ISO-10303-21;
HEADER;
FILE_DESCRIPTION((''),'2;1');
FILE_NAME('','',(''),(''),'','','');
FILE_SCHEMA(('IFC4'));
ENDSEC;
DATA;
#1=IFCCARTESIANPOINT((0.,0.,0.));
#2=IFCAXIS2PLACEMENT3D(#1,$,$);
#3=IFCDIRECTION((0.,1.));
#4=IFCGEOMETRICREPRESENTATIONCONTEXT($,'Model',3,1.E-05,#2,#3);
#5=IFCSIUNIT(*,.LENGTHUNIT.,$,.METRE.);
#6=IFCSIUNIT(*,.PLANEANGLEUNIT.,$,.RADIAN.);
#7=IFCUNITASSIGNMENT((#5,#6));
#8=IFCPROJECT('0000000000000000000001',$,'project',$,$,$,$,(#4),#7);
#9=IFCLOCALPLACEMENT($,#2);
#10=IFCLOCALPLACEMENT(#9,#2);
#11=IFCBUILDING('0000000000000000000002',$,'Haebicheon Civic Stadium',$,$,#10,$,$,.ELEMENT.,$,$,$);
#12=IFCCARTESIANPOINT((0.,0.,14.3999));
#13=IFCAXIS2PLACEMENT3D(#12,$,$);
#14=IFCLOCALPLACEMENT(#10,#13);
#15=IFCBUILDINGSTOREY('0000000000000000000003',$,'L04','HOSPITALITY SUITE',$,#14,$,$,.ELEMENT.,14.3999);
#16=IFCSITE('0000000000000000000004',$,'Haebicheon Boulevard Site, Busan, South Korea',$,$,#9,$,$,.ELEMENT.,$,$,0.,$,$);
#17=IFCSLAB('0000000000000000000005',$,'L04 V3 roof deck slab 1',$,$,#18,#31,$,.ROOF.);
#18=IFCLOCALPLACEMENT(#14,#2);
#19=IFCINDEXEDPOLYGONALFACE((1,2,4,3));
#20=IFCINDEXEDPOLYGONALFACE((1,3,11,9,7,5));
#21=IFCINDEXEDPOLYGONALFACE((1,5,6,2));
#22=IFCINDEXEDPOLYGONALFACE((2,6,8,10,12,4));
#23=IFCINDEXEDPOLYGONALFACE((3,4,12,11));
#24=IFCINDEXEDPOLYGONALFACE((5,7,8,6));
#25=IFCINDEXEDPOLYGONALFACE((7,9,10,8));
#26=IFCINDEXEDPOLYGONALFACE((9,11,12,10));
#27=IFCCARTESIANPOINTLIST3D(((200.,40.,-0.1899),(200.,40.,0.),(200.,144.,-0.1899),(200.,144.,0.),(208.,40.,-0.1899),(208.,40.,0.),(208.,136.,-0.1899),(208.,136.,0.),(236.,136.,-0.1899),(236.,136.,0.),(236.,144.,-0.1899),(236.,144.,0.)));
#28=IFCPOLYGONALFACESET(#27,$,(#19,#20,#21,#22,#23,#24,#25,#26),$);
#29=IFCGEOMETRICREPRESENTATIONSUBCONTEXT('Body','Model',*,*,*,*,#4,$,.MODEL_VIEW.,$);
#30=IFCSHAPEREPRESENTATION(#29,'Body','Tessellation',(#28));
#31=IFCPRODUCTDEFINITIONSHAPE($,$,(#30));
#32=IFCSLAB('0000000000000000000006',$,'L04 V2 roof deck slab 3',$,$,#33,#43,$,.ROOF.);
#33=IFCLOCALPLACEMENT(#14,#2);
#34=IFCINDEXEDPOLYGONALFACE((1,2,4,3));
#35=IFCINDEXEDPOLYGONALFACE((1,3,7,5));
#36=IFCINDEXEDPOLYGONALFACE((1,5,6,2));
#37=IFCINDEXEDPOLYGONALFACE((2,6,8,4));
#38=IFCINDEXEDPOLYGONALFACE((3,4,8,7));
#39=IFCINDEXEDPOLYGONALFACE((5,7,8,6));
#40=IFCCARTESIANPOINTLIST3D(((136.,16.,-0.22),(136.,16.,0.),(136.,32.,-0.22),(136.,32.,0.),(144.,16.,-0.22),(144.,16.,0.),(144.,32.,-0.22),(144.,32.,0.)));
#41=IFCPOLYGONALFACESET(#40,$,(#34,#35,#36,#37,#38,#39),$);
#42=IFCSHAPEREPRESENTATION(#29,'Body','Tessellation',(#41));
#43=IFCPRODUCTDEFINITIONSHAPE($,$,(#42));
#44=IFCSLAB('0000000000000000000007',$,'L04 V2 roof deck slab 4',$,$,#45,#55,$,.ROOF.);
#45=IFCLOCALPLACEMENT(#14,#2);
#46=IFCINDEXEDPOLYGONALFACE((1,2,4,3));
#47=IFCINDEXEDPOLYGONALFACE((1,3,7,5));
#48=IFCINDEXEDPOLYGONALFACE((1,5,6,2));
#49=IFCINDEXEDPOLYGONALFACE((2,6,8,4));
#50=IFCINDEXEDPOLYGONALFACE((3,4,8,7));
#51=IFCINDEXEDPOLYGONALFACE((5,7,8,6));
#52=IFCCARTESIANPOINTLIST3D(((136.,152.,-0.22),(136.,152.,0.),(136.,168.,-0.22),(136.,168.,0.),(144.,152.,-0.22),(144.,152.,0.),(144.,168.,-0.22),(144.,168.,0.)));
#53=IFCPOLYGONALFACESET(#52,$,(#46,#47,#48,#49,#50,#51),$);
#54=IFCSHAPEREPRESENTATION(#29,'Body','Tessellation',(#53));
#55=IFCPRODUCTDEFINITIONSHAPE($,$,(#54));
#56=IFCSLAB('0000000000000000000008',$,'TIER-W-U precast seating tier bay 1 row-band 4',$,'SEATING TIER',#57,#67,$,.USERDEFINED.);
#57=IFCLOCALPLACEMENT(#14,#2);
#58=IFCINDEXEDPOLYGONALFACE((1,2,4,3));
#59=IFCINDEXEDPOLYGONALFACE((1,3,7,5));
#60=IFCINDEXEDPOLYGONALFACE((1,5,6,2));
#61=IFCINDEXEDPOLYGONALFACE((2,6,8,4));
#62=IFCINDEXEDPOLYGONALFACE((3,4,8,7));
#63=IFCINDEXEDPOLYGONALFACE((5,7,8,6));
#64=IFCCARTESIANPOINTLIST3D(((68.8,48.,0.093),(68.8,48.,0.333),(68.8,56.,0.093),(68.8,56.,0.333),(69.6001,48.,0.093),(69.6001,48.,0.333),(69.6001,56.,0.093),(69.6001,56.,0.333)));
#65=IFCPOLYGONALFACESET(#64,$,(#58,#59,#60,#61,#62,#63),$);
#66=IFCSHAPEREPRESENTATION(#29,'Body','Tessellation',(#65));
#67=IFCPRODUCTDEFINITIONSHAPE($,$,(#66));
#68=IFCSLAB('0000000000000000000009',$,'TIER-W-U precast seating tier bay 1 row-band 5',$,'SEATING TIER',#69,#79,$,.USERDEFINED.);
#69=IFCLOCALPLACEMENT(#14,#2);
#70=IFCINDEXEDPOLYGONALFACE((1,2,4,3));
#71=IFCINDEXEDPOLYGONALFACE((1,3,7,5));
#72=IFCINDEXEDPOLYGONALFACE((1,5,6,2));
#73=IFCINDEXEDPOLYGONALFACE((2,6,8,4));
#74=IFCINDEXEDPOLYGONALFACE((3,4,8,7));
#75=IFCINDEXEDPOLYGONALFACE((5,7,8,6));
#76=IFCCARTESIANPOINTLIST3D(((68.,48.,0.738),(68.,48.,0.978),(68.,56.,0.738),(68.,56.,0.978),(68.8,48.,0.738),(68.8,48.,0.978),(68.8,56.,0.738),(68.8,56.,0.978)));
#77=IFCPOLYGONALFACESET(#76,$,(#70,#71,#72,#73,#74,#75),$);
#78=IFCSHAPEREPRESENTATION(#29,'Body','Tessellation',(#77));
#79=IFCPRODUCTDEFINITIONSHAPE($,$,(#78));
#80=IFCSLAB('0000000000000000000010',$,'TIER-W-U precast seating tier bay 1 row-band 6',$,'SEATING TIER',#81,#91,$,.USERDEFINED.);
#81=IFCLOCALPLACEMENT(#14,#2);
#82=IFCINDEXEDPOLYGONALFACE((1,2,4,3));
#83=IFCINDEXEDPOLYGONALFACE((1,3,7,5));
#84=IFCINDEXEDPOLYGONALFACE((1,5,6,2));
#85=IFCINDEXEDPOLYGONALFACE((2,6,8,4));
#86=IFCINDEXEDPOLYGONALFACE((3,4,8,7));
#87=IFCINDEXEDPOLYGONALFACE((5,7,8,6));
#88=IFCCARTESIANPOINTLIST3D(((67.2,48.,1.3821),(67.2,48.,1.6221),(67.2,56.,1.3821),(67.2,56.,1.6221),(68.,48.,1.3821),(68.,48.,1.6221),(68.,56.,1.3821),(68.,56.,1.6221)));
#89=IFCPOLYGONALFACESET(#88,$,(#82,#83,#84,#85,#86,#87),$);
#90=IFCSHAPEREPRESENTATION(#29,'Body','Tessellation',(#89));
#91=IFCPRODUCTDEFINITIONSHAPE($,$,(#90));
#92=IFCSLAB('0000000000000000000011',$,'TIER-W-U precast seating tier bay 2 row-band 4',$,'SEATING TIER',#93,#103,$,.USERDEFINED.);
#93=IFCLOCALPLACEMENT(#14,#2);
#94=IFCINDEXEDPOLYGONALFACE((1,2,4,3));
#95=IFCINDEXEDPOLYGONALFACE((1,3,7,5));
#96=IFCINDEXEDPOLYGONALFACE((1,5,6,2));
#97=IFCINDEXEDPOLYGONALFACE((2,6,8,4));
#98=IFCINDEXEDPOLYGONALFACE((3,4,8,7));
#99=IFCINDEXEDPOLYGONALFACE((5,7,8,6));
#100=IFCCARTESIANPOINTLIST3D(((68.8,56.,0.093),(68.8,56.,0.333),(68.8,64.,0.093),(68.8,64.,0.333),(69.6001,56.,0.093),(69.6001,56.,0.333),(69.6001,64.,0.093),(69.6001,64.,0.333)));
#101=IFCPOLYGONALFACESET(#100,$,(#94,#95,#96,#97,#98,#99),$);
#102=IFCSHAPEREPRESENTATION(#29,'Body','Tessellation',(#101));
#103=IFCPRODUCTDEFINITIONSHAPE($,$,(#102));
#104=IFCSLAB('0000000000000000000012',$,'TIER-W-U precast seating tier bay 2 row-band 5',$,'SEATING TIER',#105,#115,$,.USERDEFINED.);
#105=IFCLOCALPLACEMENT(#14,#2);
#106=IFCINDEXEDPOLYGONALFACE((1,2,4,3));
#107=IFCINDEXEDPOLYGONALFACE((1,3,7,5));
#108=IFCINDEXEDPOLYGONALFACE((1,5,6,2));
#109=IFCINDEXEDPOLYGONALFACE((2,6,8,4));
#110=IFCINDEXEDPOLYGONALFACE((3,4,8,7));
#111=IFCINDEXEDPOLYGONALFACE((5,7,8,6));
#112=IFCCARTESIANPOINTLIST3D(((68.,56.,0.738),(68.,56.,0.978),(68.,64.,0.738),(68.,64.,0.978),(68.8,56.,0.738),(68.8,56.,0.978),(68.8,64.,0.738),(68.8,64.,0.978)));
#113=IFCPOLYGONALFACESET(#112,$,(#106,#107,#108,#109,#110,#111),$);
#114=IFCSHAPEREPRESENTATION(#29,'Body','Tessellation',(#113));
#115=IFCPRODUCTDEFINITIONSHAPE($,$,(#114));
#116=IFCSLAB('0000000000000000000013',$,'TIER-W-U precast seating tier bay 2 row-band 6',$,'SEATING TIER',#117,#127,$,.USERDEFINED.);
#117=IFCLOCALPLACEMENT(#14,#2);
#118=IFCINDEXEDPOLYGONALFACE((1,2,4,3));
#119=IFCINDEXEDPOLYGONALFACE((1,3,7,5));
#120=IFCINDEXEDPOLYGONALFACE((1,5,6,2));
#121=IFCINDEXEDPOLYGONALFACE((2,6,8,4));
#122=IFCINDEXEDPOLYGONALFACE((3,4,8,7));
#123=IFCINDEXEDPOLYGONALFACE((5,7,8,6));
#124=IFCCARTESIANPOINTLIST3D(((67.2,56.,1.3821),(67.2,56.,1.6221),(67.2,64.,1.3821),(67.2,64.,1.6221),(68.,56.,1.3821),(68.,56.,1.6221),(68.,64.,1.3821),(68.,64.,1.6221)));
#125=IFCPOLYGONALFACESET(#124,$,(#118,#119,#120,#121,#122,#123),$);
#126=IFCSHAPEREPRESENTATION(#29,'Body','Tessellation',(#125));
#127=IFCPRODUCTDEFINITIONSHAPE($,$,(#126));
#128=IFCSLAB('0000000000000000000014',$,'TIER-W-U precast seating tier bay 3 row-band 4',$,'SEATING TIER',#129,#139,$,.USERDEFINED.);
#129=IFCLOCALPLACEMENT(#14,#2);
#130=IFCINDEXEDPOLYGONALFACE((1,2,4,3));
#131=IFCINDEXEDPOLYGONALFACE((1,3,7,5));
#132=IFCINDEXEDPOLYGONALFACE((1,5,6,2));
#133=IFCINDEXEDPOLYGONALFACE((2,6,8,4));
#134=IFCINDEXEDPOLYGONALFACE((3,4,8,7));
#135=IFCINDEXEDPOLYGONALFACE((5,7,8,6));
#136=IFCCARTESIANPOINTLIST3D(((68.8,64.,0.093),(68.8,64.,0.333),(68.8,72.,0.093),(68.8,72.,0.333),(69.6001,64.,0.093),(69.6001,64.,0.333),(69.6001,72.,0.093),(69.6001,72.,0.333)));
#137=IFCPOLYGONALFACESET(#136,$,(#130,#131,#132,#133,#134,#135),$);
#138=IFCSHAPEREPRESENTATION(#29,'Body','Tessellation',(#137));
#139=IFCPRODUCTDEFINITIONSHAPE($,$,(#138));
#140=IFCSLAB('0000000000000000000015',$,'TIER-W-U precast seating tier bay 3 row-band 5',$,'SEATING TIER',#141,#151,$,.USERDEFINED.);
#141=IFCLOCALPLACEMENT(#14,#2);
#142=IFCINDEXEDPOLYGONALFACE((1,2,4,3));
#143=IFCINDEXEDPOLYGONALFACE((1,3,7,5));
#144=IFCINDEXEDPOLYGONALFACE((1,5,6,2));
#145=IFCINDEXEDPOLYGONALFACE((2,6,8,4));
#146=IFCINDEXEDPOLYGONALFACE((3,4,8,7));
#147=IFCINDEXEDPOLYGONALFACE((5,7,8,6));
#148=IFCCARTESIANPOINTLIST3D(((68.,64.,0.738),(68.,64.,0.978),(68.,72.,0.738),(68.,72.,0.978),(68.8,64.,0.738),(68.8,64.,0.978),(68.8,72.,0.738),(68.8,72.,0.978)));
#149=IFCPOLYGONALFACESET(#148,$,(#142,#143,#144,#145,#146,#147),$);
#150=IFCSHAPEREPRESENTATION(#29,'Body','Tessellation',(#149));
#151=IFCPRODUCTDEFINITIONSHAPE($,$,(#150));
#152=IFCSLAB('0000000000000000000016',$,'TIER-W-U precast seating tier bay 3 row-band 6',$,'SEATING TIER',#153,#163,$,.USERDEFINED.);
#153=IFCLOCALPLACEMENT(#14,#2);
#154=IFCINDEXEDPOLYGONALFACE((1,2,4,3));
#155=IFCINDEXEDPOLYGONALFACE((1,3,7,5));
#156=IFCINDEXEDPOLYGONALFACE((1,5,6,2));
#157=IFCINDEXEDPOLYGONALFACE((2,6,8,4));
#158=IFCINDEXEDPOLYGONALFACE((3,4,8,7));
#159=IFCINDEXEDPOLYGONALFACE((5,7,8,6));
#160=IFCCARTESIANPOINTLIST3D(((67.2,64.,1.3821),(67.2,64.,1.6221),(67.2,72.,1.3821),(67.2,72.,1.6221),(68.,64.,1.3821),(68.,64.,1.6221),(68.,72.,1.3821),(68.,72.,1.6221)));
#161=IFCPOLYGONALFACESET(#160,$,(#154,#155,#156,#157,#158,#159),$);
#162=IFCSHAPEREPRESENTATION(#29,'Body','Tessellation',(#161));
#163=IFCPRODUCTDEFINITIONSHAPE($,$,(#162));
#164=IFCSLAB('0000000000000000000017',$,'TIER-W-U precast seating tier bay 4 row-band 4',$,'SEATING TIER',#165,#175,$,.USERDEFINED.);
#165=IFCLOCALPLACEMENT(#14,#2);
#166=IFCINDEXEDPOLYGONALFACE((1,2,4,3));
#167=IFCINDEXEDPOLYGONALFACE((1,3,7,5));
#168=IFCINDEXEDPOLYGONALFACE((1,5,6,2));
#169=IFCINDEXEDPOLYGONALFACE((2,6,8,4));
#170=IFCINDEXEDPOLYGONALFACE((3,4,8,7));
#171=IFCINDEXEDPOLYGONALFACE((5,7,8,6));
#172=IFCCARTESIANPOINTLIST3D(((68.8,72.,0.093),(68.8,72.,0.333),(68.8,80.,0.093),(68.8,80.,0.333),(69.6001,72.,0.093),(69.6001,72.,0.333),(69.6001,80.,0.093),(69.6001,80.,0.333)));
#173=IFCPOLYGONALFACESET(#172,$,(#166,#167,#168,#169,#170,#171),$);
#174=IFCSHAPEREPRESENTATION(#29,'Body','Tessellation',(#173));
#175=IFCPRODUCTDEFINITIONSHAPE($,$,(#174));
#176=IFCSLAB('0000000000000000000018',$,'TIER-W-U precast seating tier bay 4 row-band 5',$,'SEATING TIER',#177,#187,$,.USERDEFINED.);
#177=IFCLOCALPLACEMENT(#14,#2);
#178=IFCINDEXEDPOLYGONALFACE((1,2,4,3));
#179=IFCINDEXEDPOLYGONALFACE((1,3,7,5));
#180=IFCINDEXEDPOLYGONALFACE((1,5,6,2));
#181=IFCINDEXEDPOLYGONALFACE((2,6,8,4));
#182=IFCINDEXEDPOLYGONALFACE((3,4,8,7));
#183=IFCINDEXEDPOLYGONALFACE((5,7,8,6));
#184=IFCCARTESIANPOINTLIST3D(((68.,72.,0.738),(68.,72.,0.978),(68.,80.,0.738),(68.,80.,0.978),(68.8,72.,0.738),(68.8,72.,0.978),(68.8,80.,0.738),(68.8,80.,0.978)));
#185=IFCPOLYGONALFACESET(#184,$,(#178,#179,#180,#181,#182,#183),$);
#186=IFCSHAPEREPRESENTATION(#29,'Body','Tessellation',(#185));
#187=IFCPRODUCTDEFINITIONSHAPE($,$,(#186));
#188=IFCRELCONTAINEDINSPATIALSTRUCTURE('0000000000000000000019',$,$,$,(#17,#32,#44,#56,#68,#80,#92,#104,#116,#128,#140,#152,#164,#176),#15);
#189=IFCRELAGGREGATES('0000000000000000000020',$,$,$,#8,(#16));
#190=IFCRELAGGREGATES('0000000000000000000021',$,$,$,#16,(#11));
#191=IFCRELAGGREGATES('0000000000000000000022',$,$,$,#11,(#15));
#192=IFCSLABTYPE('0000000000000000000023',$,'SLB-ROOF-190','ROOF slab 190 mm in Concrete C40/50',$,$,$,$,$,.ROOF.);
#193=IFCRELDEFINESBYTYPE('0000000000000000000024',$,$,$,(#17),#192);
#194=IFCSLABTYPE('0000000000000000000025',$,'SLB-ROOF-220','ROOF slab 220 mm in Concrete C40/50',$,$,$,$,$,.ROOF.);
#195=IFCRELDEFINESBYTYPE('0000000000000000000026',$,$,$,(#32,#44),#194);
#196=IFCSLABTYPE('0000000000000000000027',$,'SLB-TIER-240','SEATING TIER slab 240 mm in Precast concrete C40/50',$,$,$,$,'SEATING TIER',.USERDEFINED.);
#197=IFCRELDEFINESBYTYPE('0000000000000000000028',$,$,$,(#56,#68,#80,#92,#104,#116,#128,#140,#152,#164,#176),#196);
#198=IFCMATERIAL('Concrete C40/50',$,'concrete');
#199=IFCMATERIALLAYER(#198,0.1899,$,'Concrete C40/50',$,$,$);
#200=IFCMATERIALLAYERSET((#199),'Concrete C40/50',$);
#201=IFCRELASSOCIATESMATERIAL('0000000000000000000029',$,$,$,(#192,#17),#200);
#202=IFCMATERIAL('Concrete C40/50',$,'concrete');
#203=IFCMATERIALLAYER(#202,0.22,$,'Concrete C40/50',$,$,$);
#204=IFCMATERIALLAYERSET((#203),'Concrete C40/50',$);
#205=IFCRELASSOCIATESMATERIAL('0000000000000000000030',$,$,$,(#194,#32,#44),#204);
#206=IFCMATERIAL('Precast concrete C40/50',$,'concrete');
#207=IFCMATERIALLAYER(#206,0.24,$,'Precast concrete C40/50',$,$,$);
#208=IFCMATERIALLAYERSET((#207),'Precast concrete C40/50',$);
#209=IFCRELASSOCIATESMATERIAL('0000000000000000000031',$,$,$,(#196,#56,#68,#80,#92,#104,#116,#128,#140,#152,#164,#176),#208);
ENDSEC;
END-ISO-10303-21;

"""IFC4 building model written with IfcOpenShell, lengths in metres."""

from ifc_helpers import new_model, si_unit, direction, frame, origin, place, context, subcontext, project, spatial, polyline, outline, extrude, material, layer, layer_set, type_object, element, save


model = new_model("IFC4")

# Units and contexts
model_context = context("Model", 3, precision=1e-05, world=origin(), true_north=direction((0.0, 1.0)))
body_context = subcontext(model_context, "Body", "Model", "MODEL_VIEW")
ifc_project = project(units=[si_unit("LENGTHUNIT", "METRE"), si_unit("PLANEANGLEUNIT", "RADIAN")], contexts=[model_context])

# Site, building, storey
site_placement = place(None, origin())
site = spatial("IfcSite", under=ifc_project, at=site_placement, Name="Haebicheon Boulevard Site, Busan, South Korea", CompositionType="ELEMENT", RefElevation=0.0)
building_placement = place(site_placement, origin())
building = spatial("IfcBuilding", under=site, at=building_placement, Name="Haebicheon Civic Stadium", CompositionType="ELEMENT")
storey_placement = place(building_placement, frame((0.0, 0.0, 14.3999)))
storey = spatial("IfcBuildingStorey", under=building, at=storey_placement, Name="L04", Description="HOSPITALITY SUITE", CompositionType="ELEMENT", Elevation=14.3999)

# Slabs
ifc_material_1 = material(Name="Concrete C40/50", Category="concrete")
ifc_layer_1 = layer(ifc_material_1, 0.1899, Name="Concrete C40/50")
ifc_layer_set_1 = layer_set([ifc_layer_1], Name="Concrete C40/50")
slab_type_1 = type_object("IfcSlabType", Name="SLB-ROOF-190", Description="ROOF slab 190 mm in Concrete C40/50", PredefinedType="ROOF", material=ifc_layer_set_1)
slab_1_placement = place(storey_placement, frame((0.0, 0.0, -0.1899)))
element("IfcSlab", 1, at=slab_1_placement, inside=storey, type_object=slab_type_1, material=ifc_layer_set_1, Name="L04 V3 roof deck slab 1", PredefinedType="ROOF", context=body_context, shape_type="SweptSolid", body=[
    extrude(outline(polyline([(200.0, 40.0), (200.0, 144.0), (236.0, 144.0), (236.0, 136.0), (208.0, 136.0), (208.0, 40.0), (200.0, 40.0)])), origin(), (0.0, 0.0, 1.0), 0.1899),
])
ifc_material_2 = material(Name="Concrete C40/50", Category="concrete")
ifc_layer_2 = layer(ifc_material_2, 0.22, Name="Concrete C40/50")
ifc_layer_set_2 = layer_set([ifc_layer_2], Name="Concrete C40/50")
slab_type_2 = type_object("IfcSlabType", Name="SLB-ROOF-220", Description="ROOF slab 220 mm in Concrete C40/50", PredefinedType="ROOF", material=ifc_layer_set_2)
slab_2_placement = place(storey_placement, frame((0.0, 0.0, -0.22)))
element("IfcSlab", 2, at=slab_2_placement, inside=storey, type_object=slab_type_2, material=ifc_layer_set_2, Name="L04 V2 roof deck slab 3", PredefinedType="ROOF", context=body_context, shape_type="SweptSolid", body=[
    extrude(outline(polyline([(144.0, 32.0), (144.0, 16.0), (136.0, 16.0), (136.0, 32.0), (144.0, 32.0)])), origin(), (0.0, 0.0, 1.0), 0.22),
])
slab_3_placement = place(storey_placement, frame((0.0, 0.0, -0.22)))
element("IfcSlab", 3, at=slab_3_placement, inside=storey, type_object=slab_type_2, material=ifc_layer_set_2, Name="L04 V2 roof deck slab 4", PredefinedType="ROOF", context=body_context, shape_type="SweptSolid", body=[
    extrude(outline(polyline([(144.0, 168.0), (144.0, 152.0), (136.0, 152.0), (136.0, 168.0), (144.0, 168.0)])), origin(), (0.0, 0.0, 1.0), 0.22),
])
ifc_material_3 = material(Name="Precast concrete C40/50", Category="concrete")
ifc_layer_3 = layer(ifc_material_3, 0.24, Name="Precast concrete C40/50")
ifc_layer_set_3 = layer_set([ifc_layer_3], Name="Precast concrete C40/50")
slab_type_3 = type_object("IfcSlabType", Name="SLB-TIER-240", Description="SEATING TIER slab 240 mm in Precast concrete C40/50", ElementType="SEATING TIER", PredefinedType="USERDEFINED", material=ifc_layer_set_3)
slab_4_placement = place(storey_placement, frame((0.0, 0.0, 0.093)))
element("IfcSlab", 4, at=slab_4_placement, inside=storey, type_object=slab_type_3, material=ifc_layer_set_3, Name="TIER-W-U precast seating tier bay 1 row-band 4", ObjectType="SEATING TIER", PredefinedType="USERDEFINED", context=body_context, shape_type="SweptSolid", body=[
    extrude(outline(polyline([(68.8, 48.0), (69.6001, 48.0), (69.6001, 56.0), (68.8, 56.0), (68.8, 48.0)])), origin(), (0.0, 0.0, 1.0), 0.24),
])
slab_5_placement = place(storey_placement, frame((0.0, 0.0, 0.738)))
element("IfcSlab", 5, at=slab_5_placement, inside=storey, type_object=slab_type_3, material=ifc_layer_set_3, Name="TIER-W-U precast seating tier bay 1 row-band 5", ObjectType="SEATING TIER", PredefinedType="USERDEFINED", context=body_context, shape_type="SweptSolid", body=[
    extrude(outline(polyline([(68.0, 48.0), (68.8, 48.0), (68.8, 56.0), (68.0, 56.0), (68.0, 48.0)])), origin(), (0.0, 0.0, 1.0), 0.24),
])
slab_6_placement = place(storey_placement, frame((0.0, 0.0, 1.3821)))
element("IfcSlab", 6, at=slab_6_placement, inside=storey, type_object=slab_type_3, material=ifc_layer_set_3, Name="TIER-W-U precast seating tier bay 1 row-band 6", ObjectType="SEATING TIER", PredefinedType="USERDEFINED", context=body_context, shape_type="SweptSolid", body=[
    extrude(outline(polyline([(67.2, 48.0), (68.0, 48.0), (68.0, 56.0), (67.2, 56.0), (67.2, 48.0)])), origin(), (0.0, 0.0, 1.0), 0.24),
])
slab_7_placement = place(storey_placement, frame((0.0, 0.0, 0.093)))
element("IfcSlab", 7, at=slab_7_placement, inside=storey, type_object=slab_type_3, material=ifc_layer_set_3, Name="TIER-W-U precast seating tier bay 2 row-band 4", ObjectType="SEATING TIER", PredefinedType="USERDEFINED", context=body_context, shape_type="SweptSolid", body=[
    extrude(outline(polyline([(68.8, 56.0), (69.6001, 56.0), (69.6001, 64.0), (68.8, 64.0), (68.8, 56.0)])), origin(), (0.0, 0.0, 1.0), 0.24),
])
slab_8_placement = place(storey_placement, frame((0.0, 0.0, 0.738)))
element("IfcSlab", 8, at=slab_8_placement, inside=storey, type_object=slab_type_3, material=ifc_layer_set_3, Name="TIER-W-U precast seating tier bay 2 row-band 5", ObjectType="SEATING TIER", PredefinedType="USERDEFINED", context=body_context, shape_type="SweptSolid", body=[
    extrude(outline(polyline([(68.0, 56.0), (68.8, 56.0), (68.8, 64.0), (68.0, 64.0), (68.0, 56.0)])), origin(), (0.0, 0.0, 1.0), 0.24),
])
slab_9_placement = place(storey_placement, frame((0.0, 0.0, 1.3821)))
element("IfcSlab", 9, at=slab_9_placement, inside=storey, type_object=slab_type_3, material=ifc_layer_set_3, Name="TIER-W-U precast seating tier bay 2 row-band 6", ObjectType="SEATING TIER", PredefinedType="USERDEFINED", context=body_context, shape_type="SweptSolid", body=[
    extrude(outline(polyline([(67.2, 56.0), (68.0, 56.0), (68.0, 64.0), (67.2, 64.0), (67.2, 56.0)])), origin(), (0.0, 0.0, 1.0), 0.24),
])
slab_10_placement = place(storey_placement, frame((0.0, 0.0, 0.093)))
element("IfcSlab", 10, at=slab_10_placement, inside=storey, type_object=slab_type_3, material=ifc_layer_set_3, Name="TIER-W-U precast seating tier bay 3 row-band 4", ObjectType="SEATING TIER", PredefinedType="USERDEFINED", context=body_context, shape_type="SweptSolid", body=[
    extrude(outline(polyline([(68.8, 64.0), (69.6001, 64.0), (69.6001, 72.0), (68.8, 72.0), (68.8, 64.0)])), origin(), (0.0, 0.0, 1.0), 0.24),
])
slab_11_placement = place(storey_placement, frame((0.0, 0.0, 0.738)))
element("IfcSlab", 11, at=slab_11_placement, inside=storey, type_object=slab_type_3, material=ifc_layer_set_3, Name="TIER-W-U precast seating tier bay 3 row-band 5", ObjectType="SEATING TIER", PredefinedType="USERDEFINED", context=body_context, shape_type="SweptSolid", body=[
    extrude(outline(polyline([(68.0, 64.0), (68.8, 64.0), (68.8, 72.0), (68.0, 72.0), (68.0, 64.0)])), origin(), (0.0, 0.0, 1.0), 0.24),
])
slab_12_placement = place(storey_placement, frame((0.0, 0.0, 1.3821)))
element("IfcSlab", 12, at=slab_12_placement, inside=storey, type_object=slab_type_3, material=ifc_layer_set_3, Name="TIER-W-U precast seating tier bay 3 row-band 6", ObjectType="SEATING TIER", PredefinedType="USERDEFINED", context=body_context, shape_type="SweptSolid", body=[
    extrude(outline(polyline([(67.2, 64.0), (68.0, 64.0), (68.0, 72.0), (67.2, 72.0), (67.2, 64.0)])), origin(), (0.0, 0.0, 1.0), 0.24),
])
slab_13_placement = place(storey_placement, frame((0.0, 0.0, 0.093)))
element("IfcSlab", 13, at=slab_13_placement, inside=storey, type_object=slab_type_3, material=ifc_layer_set_3, Name="TIER-W-U precast seating tier bay 4 row-band 4", ObjectType="SEATING TIER", PredefinedType="USERDEFINED", context=body_context, shape_type="SweptSolid", body=[
    extrude(outline(polyline([(68.8, 72.0), (69.6001, 72.0), (69.6001, 80.0), (68.8, 80.0), (68.8, 72.0)])), origin(), (0.0, 0.0, 1.0), 0.24),
])
slab_14_placement = place(storey_placement, frame((0.0, 0.0, 0.738)))
element("IfcSlab", 14, at=slab_14_placement, inside=storey, type_object=slab_type_3, material=ifc_layer_set_3, Name="TIER-W-U precast seating tier bay 4 row-band 5", ObjectType="SEATING TIER", PredefinedType="USERDEFINED", context=body_context, shape_type="SweptSolid", body=[
    extrude(outline(polyline([(68.0, 72.0), (68.8, 72.0), (68.8, 80.0), (68.0, 80.0), (68.0, 72.0)])), origin(), (0.0, 0.0, 1.0), 0.24),
])

save(model, "model.ifc")
